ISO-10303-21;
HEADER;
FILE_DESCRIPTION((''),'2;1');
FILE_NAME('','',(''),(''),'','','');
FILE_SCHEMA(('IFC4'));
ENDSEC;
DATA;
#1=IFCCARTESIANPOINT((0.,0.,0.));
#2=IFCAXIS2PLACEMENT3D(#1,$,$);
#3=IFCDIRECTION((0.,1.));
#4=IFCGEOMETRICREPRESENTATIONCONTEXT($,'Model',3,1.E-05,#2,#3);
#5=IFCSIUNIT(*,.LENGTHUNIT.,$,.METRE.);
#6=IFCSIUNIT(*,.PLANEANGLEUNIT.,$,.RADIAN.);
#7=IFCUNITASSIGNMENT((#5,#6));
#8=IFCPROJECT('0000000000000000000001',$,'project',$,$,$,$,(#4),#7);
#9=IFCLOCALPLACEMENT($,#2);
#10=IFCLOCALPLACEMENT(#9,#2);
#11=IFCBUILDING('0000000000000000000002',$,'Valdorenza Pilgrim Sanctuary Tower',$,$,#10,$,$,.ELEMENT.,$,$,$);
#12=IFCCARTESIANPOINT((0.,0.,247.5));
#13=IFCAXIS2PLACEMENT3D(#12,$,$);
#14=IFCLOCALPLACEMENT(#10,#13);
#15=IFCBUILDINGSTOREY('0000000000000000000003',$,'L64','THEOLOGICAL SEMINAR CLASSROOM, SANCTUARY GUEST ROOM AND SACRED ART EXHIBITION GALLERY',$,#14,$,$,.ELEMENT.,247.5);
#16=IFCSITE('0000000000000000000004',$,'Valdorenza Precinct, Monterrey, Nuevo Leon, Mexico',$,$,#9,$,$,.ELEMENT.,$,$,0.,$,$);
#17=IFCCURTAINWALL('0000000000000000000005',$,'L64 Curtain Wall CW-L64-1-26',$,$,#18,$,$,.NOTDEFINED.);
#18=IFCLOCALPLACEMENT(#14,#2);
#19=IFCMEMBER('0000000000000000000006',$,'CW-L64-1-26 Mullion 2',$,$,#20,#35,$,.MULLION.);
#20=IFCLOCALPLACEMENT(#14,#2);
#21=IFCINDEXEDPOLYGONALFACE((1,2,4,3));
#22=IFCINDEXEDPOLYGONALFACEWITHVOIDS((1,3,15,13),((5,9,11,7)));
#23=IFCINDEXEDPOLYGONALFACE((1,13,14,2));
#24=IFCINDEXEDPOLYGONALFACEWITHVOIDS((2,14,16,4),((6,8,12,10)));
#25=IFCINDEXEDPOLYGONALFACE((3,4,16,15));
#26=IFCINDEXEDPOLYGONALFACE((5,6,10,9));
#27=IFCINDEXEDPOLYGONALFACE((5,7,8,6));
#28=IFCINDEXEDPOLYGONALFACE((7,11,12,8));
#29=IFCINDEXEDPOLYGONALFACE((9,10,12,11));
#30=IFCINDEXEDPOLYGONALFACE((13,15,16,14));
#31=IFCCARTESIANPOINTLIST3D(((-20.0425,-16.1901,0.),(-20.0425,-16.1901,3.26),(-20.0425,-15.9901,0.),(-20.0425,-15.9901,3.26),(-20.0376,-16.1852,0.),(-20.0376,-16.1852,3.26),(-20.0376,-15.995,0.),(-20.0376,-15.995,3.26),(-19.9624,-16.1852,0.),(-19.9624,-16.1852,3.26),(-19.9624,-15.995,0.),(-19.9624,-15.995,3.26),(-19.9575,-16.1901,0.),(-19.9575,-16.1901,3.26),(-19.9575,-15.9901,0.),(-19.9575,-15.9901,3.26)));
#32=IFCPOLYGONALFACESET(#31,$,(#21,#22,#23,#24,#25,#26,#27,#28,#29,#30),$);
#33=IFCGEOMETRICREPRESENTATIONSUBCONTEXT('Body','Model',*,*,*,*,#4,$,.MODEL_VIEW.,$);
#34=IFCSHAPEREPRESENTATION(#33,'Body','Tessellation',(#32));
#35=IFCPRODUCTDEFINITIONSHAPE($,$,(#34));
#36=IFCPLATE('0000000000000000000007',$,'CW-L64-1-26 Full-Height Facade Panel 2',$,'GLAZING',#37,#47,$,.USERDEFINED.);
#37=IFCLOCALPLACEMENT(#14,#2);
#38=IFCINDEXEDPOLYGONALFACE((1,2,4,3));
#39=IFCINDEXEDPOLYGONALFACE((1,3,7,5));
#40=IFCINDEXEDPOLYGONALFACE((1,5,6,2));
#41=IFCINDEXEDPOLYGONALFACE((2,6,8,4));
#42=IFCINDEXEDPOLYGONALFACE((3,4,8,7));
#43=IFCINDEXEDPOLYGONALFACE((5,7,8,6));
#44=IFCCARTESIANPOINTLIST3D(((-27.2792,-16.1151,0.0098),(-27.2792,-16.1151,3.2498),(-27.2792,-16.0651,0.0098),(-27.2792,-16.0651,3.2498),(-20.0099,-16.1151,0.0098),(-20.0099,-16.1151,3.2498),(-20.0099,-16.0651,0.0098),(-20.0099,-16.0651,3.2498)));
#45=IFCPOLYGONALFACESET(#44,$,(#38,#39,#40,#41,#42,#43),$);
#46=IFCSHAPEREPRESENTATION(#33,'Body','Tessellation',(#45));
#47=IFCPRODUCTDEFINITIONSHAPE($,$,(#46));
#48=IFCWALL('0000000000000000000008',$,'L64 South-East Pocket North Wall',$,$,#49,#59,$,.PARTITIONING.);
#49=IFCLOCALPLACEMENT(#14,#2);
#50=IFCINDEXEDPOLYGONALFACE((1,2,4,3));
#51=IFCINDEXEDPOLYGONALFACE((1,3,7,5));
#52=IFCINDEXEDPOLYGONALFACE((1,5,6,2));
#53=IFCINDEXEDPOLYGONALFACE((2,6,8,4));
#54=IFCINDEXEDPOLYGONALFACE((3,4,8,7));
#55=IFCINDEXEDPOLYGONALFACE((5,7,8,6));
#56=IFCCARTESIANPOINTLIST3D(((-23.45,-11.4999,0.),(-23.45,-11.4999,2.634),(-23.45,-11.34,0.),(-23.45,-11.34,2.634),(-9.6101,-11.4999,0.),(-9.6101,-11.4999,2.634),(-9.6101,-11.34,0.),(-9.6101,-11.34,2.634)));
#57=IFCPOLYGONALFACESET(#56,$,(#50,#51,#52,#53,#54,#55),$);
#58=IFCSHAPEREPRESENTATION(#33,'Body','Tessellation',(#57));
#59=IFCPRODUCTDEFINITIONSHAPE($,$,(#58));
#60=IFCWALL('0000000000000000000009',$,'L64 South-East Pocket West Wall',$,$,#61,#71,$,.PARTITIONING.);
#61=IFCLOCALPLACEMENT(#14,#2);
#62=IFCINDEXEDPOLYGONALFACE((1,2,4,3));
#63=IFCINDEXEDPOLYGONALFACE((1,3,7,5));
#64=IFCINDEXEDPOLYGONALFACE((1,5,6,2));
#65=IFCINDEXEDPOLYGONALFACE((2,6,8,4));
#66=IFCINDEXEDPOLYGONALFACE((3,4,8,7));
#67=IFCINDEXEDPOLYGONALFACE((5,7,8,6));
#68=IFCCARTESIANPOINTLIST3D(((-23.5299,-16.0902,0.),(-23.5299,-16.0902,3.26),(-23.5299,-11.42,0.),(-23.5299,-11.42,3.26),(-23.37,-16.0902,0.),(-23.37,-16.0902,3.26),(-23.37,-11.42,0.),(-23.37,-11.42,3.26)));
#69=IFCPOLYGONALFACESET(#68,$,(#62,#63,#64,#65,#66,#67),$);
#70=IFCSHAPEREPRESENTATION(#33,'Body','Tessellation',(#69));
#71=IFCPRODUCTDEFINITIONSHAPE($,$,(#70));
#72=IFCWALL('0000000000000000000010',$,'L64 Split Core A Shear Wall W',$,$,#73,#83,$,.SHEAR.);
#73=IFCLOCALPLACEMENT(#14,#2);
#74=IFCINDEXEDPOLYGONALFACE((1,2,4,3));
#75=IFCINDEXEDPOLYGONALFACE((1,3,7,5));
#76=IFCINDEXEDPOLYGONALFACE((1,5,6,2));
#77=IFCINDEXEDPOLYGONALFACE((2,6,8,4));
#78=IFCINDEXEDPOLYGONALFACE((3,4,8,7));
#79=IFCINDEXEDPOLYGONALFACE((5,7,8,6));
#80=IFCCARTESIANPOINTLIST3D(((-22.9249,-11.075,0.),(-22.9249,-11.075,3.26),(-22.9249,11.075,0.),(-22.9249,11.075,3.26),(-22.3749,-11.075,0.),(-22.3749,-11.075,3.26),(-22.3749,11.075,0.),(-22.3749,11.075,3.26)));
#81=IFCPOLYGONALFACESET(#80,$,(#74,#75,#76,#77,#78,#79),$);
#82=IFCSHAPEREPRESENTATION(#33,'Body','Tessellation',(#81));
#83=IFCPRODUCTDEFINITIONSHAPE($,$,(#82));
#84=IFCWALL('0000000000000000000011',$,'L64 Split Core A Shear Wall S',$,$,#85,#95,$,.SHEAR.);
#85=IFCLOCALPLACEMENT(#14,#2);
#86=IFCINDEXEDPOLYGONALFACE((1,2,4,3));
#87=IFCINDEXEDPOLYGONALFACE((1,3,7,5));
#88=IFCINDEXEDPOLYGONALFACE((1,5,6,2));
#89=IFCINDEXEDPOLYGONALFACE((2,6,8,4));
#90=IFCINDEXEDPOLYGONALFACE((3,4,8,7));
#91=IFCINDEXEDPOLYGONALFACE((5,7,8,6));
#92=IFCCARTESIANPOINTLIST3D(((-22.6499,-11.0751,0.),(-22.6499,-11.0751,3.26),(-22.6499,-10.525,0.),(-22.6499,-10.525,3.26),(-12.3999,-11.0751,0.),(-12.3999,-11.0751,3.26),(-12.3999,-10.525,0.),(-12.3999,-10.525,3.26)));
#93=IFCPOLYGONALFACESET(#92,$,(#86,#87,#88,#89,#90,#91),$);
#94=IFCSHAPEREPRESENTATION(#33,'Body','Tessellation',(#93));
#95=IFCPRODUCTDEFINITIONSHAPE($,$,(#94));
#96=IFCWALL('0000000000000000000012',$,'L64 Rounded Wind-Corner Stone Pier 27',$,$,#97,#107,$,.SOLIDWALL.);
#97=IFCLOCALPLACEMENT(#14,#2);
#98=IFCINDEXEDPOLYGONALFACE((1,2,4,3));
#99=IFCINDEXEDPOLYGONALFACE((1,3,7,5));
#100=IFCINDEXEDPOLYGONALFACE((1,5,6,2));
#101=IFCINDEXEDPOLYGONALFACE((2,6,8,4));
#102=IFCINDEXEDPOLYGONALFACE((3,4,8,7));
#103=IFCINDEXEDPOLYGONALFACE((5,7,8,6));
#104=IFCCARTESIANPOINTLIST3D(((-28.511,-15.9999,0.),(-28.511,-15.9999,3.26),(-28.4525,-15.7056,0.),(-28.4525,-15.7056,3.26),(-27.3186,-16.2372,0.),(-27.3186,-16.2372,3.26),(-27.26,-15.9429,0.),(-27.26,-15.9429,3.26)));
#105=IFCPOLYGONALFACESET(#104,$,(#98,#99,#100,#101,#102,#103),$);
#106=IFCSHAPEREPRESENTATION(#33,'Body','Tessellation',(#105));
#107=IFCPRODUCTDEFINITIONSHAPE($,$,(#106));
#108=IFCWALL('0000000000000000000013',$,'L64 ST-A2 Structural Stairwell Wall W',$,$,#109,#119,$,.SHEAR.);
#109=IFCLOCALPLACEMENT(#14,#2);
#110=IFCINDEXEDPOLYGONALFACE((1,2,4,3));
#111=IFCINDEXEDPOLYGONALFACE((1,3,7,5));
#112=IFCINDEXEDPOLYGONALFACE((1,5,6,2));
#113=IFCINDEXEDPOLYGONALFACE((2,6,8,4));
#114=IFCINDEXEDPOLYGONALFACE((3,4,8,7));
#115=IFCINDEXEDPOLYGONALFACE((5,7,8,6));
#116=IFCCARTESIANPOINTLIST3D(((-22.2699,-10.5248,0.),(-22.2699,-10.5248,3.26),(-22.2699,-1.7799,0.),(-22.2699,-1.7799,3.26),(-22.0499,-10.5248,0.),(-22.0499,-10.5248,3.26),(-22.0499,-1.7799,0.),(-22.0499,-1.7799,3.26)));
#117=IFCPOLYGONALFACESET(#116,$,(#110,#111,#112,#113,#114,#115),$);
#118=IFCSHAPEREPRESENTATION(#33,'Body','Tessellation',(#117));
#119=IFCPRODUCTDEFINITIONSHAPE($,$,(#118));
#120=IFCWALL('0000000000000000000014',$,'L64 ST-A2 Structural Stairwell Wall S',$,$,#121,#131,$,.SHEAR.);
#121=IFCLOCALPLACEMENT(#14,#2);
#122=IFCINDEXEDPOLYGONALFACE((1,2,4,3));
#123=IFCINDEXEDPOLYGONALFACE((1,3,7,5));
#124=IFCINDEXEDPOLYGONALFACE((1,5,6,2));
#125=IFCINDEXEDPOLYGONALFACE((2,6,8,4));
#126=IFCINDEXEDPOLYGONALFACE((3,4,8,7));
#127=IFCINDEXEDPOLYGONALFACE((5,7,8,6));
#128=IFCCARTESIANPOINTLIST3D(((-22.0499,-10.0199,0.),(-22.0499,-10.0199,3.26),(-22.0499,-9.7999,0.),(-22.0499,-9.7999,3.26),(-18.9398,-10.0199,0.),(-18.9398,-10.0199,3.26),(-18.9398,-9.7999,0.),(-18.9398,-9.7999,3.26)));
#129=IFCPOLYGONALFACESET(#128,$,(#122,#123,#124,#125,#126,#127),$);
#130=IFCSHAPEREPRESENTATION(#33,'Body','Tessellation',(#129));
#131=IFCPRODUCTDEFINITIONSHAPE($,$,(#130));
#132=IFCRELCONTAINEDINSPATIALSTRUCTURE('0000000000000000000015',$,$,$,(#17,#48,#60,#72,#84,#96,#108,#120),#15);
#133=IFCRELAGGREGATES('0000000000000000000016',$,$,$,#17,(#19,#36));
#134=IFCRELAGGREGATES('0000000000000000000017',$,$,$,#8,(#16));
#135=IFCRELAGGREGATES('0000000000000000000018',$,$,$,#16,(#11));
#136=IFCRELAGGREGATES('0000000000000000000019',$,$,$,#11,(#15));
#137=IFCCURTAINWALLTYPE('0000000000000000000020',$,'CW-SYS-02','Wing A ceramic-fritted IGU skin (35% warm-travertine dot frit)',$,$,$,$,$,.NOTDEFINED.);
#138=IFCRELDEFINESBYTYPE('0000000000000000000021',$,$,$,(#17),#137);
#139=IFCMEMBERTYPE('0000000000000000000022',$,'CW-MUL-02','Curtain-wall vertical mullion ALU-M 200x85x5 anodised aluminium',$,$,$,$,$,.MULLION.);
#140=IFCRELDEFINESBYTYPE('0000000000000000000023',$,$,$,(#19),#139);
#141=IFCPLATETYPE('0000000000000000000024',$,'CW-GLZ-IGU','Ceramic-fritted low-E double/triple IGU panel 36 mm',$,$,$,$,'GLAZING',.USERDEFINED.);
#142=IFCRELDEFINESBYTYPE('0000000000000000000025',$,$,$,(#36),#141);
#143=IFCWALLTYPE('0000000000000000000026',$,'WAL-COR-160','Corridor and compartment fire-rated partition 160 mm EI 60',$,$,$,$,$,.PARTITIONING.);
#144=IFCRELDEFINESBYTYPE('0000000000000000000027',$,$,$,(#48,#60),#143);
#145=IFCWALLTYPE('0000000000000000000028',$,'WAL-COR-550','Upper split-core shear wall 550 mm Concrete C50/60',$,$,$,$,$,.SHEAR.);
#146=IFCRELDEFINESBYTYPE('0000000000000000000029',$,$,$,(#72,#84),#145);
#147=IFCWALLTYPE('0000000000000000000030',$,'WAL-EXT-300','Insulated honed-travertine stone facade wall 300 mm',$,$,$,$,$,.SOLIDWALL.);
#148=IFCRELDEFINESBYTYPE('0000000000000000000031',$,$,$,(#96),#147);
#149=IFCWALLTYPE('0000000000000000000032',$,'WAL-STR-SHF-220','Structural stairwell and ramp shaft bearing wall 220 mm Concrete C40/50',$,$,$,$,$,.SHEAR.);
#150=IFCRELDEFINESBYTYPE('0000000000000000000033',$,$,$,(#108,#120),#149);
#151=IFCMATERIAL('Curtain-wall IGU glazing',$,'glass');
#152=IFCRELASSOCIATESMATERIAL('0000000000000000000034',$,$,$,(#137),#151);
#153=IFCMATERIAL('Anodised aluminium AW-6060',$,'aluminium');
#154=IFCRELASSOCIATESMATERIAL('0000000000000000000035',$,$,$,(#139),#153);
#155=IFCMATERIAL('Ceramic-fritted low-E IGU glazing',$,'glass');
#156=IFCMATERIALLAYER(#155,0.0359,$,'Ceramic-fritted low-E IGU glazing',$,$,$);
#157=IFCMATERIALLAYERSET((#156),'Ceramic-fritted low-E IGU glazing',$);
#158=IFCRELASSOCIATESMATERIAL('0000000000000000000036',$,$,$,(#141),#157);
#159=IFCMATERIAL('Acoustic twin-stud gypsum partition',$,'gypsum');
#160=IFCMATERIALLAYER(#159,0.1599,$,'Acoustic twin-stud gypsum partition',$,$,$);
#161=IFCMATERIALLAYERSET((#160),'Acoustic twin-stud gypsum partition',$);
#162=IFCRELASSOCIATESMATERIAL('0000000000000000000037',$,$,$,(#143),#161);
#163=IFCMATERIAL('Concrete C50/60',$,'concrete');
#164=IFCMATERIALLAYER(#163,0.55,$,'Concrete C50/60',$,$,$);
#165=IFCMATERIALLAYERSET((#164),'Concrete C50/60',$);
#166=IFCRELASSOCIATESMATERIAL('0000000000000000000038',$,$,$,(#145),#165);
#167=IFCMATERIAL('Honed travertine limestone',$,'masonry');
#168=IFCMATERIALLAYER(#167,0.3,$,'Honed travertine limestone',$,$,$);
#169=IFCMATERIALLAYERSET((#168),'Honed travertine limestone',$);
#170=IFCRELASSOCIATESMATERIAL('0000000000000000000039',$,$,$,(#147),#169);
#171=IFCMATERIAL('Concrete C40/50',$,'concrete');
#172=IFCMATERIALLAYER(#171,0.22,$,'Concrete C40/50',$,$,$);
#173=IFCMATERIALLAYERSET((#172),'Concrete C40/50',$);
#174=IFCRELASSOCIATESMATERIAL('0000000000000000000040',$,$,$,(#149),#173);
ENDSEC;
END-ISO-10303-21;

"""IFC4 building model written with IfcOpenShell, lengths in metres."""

from ifc_helpers import new_model, si_unit, direction, frame, frame_2d, origin, origin_2d, place, context, subcontext, project, spatial, rectangle, hollow_rectangle, extrude, source, transform, mapped, material, layer, layer_set, material_profile, profile_set, type_object, element, aggregate, save


model = new_model("IFC4")

# Units and contexts
model_context = context("Model", 3, precision=1e-05, world=origin(), true_north=direction((0.0, 1.0)))
body_context = subcontext(model_context, "Body", "Model", "MODEL_VIEW")
ifc_project = project(units=[si_unit("LENGTHUNIT", "METRE"), si_unit("PLANEANGLEUNIT", "RADIAN")], contexts=[model_context])

# Site, building, storey
site_placement = place(None, origin())
site = spatial("IfcSite", under=ifc_project, at=site_placement, Name="Valdorenza Precinct, Monterrey, Nuevo Leon, Mexico", CompositionType="ELEMENT", RefElevation=0.0)
building_placement = place(site_placement, origin())
building = spatial("IfcBuilding", under=site, at=building_placement, Name="Valdorenza Pilgrim Sanctuary Tower", CompositionType="ELEMENT")
storey_placement = place(building_placement, frame((0.0, 0.0, 247.5)))
storey = spatial("IfcBuildingStorey", under=building, at=storey_placement, Name="L64", Description="THEOLOGICAL SEMINAR CLASSROOM, SANCTUARY GUEST ROOM AND SACRED ART EXHIBITION GALLERY", CompositionType="ELEMENT", Elevation=247.5)

# Shared definitions
ifc_material_1 = material(Name="Concrete C50/60", Category="concrete")

# Curtain wall, member, plate
ifc_material_2 = material(Name="Curtain-wall IGU glazing", Category="glass")
curtain_wall_type = type_object("IfcCurtainWallType", Name="CW-SYS-02", Description="Wing A ceramic-fritted IGU skin (35% warm-travertine dot frit)", PredefinedType="NOTDEFINED", material=ifc_material_2)
curtain_wall_placement = place(storey_placement, origin())
curtain_wall = element("IfcCurtainWall", 1, at=curtain_wall_placement, inside=storey, type_object=curtain_wall_type, Name="L64 Curtain Wall CW-L64-1-26", PredefinedType="NOTDEFINED")
ifc_material_3 = material(Name="Anodised aluminium AW-6060", Category="aluminium")
ifc_material_profile_1 = material_profile(ifc_material_3, hollow_rectangle(XDim=0.085, YDim=0.2, WallThickness=0.0049, at=origin_2d()), Name="ALU-M 200x85x5")
ifc_profile_set_1 = profile_set([ifc_material_profile_1], Name="Anodised aluminium AW-6060")
member_type = type_object("IfcMemberType", Name="CW-MUL-02", Description="Curtain-wall vertical mullion ALU-M 200x85x5 anodised aluminium", PredefinedType="MULLION", material=ifc_profile_set_1)
shared_shape_1 = source(origin(), body_context, "Body", "SweptSolid", [
    extrude(hollow_rectangle(XDim=0.085, YDim=0.2, WallThickness=0.0049, at=origin_2d()), origin(), (0.0, 0.0, 1.0), 3.26),
])
member_placement = place(storey_placement, frame((-20.0, -16.0901, 0.0), z_axis=(0.0, 0.0, 1.0), x_axis=(-1.0, 0.0, 0.0)))
member = element("IfcMember", 2, at=member_placement, type_object=member_type, Name="CW-L64-1-26 Mullion 2", PredefinedType="MULLION", context=body_context, shape_type="MappedRepresentation", body=[
    mapped(shared_shape_1, transform((0.0, 0.0, 0.0), x_axis=(1.0, 0.0, 0.0), y_axis=(0.0, 1.0, 0.0), z_axis=(0.0, 0.0, 1.0), scale=1.0)),
])
ifc_material_4 = material(Name="Ceramic-fritted low-E IGU glazing", Category="glass")
ifc_layer_1 = layer(ifc_material_4, 0.0359, Name="Ceramic-fritted low-E IGU glazing")
ifc_layer_set_1 = layer_set([ifc_layer_1], Name="Ceramic-fritted low-E IGU glazing")
plate_type = type_object("IfcPlateType", Name="CW-GLZ-IGU", Description="Ceramic-fritted low-E double/triple IGU panel 36 mm", ElementType="GLAZING", PredefinedType="USERDEFINED", material=ifc_layer_set_1)
shared_shape_2 = source(origin(), body_context, "Body", "SweptSolid", [
    extrude(rectangle(XDim=7.2693, YDim=0.05, at=origin_2d()), origin(), (0.0, 0.0, 1.0), 3.24),
])
plate_placement = place(storey_placement, frame((-23.6445, -16.0901, 0.0098), z_axis=(0.0, 0.0, 1.0), x_axis=(-1.0, 0.0, 0.0)))
plate = element("IfcPlate", 3, at=plate_placement, type_object=plate_type, Name="CW-L64-1-26 Full-Height Facade Panel 2", ObjectType="GLAZING", PredefinedType="USERDEFINED", context=body_context, shape_type="MappedRepresentation", body=[
    mapped(shared_shape_2, transform((0.0, 0.0, 0.0), x_axis=(1.0, 0.0, 0.0), y_axis=(0.0, 1.0, 0.0), z_axis=(0.0, 0.0, 1.0), scale=1.0)),
])
aggregate(curtain_wall, [member, plate])

# Walls
ifc_material_5 = material(Name="Acoustic twin-stud gypsum partition", Category="gypsum")
ifc_layer_2 = layer(ifc_material_5, 0.1599, Name="Acoustic twin-stud gypsum partition")
ifc_layer_set_2 = layer_set([ifc_layer_2], Name="Acoustic twin-stud gypsum partition")
wall_type_1 = type_object("IfcWallType", Name="WAL-COR-160", Description="Corridor and compartment fire-rated partition 160 mm EI 60", PredefinedType="PARTITIONING", material=ifc_layer_set_2)
wall_1_placement = place(storey_placement, frame((-23.45, -11.4199, 0.0), z_axis=(0.0, 0.0, 1.0), x_axis=(1.0, 0.0, 0.0)))
element("IfcWall", 4, at=wall_1_placement, inside=storey, type_object=wall_type_1, Name="L64 South-East Pocket North Wall", PredefinedType="PARTITIONING", context=body_context, shape_type="SweptSolid", body=[
    extrude(rectangle(XDim=13.8398, YDim=0.1599, at=frame_2d((6.9199, 0.0))), origin(), (0.0, 0.0, 1.0), 2.634),
])
wall_2_placement = place(storey_placement, frame((-23.45, -16.0901, 0.0), z_axis=(0.0, 0.0, 1.0), x_axis=(0.0, 1.0, 0.0)))
element("IfcWall", 5, at=wall_2_placement, inside=storey, type_object=wall_type_1, Name="L64 South-East Pocket West Wall", PredefinedType="PARTITIONING", context=body_context, shape_type="SweptSolid", body=[
    extrude(rectangle(XDim=4.6702, YDim=0.1599, at=frame_2d((2.335, 0.0))), origin(), (0.0, 0.0, 1.0), 3.26),
])

# Walls
ifc_layer_3 = layer(ifc_material_1, 0.55, Name="Concrete C50/60")
ifc_layer_set_3 = layer_set([ifc_layer_3], Name="Concrete C50/60")
wall_type_2 = type_object("IfcWallType", Name="WAL-COR-550", Description="Upper split-core shear wall 550 mm Concrete C50/60", PredefinedType="SHEAR", material=ifc_layer_set_3)
wall_3_placement = place(storey_placement, frame((-22.6499, -11.075, 0.0), z_axis=(0.0, 0.0, 1.0), x_axis=(0.0, 1.0, 0.0)))
element("IfcWall", 6, at=wall_3_placement, inside=storey, type_object=wall_type_2, Name="L64 Split Core A Shear Wall W", PredefinedType="SHEAR", context=body_context, shape_type="SweptSolid", body=[
    extrude(rectangle(XDim=22.1499, YDim=0.55, at=frame_2d((11.075, 0.0))), origin(), (0.0, 0.0, 1.0), 3.26),
])
wall_4_placement = place(storey_placement, frame((-22.6499, -10.8, 0.0), z_axis=(0.0, 0.0, 1.0), x_axis=(1.0, 0.0, 0.0)))
element("IfcWall", 7, at=wall_4_placement, inside=storey, type_object=wall_type_2, Name="L64 Split Core A Shear Wall S", PredefinedType="SHEAR", context=body_context, shape_type="SweptSolid", body=[
    extrude(rectangle(XDim=10.25, YDim=0.55, at=frame_2d((5.125, 0.0))), origin(), (0.0, 0.0, 1.0), 3.26),
])
ifc_material_6 = material(Name="Honed travertine limestone", Category="masonry")
ifc_layer_4 = layer(ifc_material_6, 0.3, Name="Honed travertine limestone")
ifc_layer_set_4 = layer_set([ifc_layer_4], Name="Honed travertine limestone")
wall_type_3 = type_object("IfcWallType", Name="WAL-EXT-300", Description="Insulated honed-travertine stone facade wall 300 mm", PredefinedType="SOLIDWALL", material=ifc_layer_set_4)
wall_5_placement = place(storey_placement, frame((-27.2893, -16.0901, 0.0), z_axis=(0.0, 0.0, 1.0), x_axis=(-0.980766, 0.195189, 0.0)))
element("IfcWall", 8, at=wall_5_placement, inside=storey, type_object=wall_type_3, Name="L64 Rounded Wind-Corner Stone Pier 27", PredefinedType="SOLIDWALL", context=body_context, shape_type="SweptSolid", body=[
    extrude(rectangle(XDim=1.2158, YDim=0.3, at=frame_2d((0.6079, 0.0))), origin(), (0.0, 0.0, 1.0), 3.26),
])
ifc_material_7 = material(Name="Concrete C40/50", Category="concrete")
ifc_layer_5 = layer(ifc_material_7, 0.22, Name="Concrete C40/50")
ifc_layer_set_5 = layer_set([ifc_layer_5], Name="Concrete C40/50")
wall_type_4 = type_object("IfcWallType", Name="WAL-STR-SHF-220", Description="Structural stairwell and ramp shaft bearing wall 220 mm Concrete C40/50", PredefinedType="SHEAR", material=ifc_layer_set_5)
wall_6_placement = place(storey_placement, frame((-22.1599, -10.5249, 0.0), z_axis=(0.0, 0.0, 1.0), x_axis=(0.0, 1.0, 0.0)))
element("IfcWall", 9, at=wall_6_placement, inside=storey, type_object=wall_type_4, Name="L64 ST-A2 Structural Stairwell Wall W", PredefinedType="SHEAR", context=body_context, shape_type="SweptSolid", body=[
    extrude(rectangle(XDim=8.7449, YDim=0.22, at=frame_2d((4.3726, 0.0))), origin(), (0.0, 0.0, 1.0), 3.26),
])
wall_7_placement = place(storey_placement, frame((-22.05, -9.9099, 0.0), z_axis=(0.0, 0.0, 1.0), x_axis=(1.0, 0.0, 0.0)))
element("IfcWall", 10, at=wall_7_placement, inside=storey, type_object=wall_type_4, Name="L64 ST-A2 Structural Stairwell Wall S", PredefinedType="SHEAR", context=body_context, shape_type="SweptSolid", body=[
    extrude(rectangle(XDim=3.1101, YDim=0.22, at=frame_2d((1.5552, 0.0))), origin(), (0.0, 0.0, 1.0), 3.26),
])

save(model, "model.ifc")
